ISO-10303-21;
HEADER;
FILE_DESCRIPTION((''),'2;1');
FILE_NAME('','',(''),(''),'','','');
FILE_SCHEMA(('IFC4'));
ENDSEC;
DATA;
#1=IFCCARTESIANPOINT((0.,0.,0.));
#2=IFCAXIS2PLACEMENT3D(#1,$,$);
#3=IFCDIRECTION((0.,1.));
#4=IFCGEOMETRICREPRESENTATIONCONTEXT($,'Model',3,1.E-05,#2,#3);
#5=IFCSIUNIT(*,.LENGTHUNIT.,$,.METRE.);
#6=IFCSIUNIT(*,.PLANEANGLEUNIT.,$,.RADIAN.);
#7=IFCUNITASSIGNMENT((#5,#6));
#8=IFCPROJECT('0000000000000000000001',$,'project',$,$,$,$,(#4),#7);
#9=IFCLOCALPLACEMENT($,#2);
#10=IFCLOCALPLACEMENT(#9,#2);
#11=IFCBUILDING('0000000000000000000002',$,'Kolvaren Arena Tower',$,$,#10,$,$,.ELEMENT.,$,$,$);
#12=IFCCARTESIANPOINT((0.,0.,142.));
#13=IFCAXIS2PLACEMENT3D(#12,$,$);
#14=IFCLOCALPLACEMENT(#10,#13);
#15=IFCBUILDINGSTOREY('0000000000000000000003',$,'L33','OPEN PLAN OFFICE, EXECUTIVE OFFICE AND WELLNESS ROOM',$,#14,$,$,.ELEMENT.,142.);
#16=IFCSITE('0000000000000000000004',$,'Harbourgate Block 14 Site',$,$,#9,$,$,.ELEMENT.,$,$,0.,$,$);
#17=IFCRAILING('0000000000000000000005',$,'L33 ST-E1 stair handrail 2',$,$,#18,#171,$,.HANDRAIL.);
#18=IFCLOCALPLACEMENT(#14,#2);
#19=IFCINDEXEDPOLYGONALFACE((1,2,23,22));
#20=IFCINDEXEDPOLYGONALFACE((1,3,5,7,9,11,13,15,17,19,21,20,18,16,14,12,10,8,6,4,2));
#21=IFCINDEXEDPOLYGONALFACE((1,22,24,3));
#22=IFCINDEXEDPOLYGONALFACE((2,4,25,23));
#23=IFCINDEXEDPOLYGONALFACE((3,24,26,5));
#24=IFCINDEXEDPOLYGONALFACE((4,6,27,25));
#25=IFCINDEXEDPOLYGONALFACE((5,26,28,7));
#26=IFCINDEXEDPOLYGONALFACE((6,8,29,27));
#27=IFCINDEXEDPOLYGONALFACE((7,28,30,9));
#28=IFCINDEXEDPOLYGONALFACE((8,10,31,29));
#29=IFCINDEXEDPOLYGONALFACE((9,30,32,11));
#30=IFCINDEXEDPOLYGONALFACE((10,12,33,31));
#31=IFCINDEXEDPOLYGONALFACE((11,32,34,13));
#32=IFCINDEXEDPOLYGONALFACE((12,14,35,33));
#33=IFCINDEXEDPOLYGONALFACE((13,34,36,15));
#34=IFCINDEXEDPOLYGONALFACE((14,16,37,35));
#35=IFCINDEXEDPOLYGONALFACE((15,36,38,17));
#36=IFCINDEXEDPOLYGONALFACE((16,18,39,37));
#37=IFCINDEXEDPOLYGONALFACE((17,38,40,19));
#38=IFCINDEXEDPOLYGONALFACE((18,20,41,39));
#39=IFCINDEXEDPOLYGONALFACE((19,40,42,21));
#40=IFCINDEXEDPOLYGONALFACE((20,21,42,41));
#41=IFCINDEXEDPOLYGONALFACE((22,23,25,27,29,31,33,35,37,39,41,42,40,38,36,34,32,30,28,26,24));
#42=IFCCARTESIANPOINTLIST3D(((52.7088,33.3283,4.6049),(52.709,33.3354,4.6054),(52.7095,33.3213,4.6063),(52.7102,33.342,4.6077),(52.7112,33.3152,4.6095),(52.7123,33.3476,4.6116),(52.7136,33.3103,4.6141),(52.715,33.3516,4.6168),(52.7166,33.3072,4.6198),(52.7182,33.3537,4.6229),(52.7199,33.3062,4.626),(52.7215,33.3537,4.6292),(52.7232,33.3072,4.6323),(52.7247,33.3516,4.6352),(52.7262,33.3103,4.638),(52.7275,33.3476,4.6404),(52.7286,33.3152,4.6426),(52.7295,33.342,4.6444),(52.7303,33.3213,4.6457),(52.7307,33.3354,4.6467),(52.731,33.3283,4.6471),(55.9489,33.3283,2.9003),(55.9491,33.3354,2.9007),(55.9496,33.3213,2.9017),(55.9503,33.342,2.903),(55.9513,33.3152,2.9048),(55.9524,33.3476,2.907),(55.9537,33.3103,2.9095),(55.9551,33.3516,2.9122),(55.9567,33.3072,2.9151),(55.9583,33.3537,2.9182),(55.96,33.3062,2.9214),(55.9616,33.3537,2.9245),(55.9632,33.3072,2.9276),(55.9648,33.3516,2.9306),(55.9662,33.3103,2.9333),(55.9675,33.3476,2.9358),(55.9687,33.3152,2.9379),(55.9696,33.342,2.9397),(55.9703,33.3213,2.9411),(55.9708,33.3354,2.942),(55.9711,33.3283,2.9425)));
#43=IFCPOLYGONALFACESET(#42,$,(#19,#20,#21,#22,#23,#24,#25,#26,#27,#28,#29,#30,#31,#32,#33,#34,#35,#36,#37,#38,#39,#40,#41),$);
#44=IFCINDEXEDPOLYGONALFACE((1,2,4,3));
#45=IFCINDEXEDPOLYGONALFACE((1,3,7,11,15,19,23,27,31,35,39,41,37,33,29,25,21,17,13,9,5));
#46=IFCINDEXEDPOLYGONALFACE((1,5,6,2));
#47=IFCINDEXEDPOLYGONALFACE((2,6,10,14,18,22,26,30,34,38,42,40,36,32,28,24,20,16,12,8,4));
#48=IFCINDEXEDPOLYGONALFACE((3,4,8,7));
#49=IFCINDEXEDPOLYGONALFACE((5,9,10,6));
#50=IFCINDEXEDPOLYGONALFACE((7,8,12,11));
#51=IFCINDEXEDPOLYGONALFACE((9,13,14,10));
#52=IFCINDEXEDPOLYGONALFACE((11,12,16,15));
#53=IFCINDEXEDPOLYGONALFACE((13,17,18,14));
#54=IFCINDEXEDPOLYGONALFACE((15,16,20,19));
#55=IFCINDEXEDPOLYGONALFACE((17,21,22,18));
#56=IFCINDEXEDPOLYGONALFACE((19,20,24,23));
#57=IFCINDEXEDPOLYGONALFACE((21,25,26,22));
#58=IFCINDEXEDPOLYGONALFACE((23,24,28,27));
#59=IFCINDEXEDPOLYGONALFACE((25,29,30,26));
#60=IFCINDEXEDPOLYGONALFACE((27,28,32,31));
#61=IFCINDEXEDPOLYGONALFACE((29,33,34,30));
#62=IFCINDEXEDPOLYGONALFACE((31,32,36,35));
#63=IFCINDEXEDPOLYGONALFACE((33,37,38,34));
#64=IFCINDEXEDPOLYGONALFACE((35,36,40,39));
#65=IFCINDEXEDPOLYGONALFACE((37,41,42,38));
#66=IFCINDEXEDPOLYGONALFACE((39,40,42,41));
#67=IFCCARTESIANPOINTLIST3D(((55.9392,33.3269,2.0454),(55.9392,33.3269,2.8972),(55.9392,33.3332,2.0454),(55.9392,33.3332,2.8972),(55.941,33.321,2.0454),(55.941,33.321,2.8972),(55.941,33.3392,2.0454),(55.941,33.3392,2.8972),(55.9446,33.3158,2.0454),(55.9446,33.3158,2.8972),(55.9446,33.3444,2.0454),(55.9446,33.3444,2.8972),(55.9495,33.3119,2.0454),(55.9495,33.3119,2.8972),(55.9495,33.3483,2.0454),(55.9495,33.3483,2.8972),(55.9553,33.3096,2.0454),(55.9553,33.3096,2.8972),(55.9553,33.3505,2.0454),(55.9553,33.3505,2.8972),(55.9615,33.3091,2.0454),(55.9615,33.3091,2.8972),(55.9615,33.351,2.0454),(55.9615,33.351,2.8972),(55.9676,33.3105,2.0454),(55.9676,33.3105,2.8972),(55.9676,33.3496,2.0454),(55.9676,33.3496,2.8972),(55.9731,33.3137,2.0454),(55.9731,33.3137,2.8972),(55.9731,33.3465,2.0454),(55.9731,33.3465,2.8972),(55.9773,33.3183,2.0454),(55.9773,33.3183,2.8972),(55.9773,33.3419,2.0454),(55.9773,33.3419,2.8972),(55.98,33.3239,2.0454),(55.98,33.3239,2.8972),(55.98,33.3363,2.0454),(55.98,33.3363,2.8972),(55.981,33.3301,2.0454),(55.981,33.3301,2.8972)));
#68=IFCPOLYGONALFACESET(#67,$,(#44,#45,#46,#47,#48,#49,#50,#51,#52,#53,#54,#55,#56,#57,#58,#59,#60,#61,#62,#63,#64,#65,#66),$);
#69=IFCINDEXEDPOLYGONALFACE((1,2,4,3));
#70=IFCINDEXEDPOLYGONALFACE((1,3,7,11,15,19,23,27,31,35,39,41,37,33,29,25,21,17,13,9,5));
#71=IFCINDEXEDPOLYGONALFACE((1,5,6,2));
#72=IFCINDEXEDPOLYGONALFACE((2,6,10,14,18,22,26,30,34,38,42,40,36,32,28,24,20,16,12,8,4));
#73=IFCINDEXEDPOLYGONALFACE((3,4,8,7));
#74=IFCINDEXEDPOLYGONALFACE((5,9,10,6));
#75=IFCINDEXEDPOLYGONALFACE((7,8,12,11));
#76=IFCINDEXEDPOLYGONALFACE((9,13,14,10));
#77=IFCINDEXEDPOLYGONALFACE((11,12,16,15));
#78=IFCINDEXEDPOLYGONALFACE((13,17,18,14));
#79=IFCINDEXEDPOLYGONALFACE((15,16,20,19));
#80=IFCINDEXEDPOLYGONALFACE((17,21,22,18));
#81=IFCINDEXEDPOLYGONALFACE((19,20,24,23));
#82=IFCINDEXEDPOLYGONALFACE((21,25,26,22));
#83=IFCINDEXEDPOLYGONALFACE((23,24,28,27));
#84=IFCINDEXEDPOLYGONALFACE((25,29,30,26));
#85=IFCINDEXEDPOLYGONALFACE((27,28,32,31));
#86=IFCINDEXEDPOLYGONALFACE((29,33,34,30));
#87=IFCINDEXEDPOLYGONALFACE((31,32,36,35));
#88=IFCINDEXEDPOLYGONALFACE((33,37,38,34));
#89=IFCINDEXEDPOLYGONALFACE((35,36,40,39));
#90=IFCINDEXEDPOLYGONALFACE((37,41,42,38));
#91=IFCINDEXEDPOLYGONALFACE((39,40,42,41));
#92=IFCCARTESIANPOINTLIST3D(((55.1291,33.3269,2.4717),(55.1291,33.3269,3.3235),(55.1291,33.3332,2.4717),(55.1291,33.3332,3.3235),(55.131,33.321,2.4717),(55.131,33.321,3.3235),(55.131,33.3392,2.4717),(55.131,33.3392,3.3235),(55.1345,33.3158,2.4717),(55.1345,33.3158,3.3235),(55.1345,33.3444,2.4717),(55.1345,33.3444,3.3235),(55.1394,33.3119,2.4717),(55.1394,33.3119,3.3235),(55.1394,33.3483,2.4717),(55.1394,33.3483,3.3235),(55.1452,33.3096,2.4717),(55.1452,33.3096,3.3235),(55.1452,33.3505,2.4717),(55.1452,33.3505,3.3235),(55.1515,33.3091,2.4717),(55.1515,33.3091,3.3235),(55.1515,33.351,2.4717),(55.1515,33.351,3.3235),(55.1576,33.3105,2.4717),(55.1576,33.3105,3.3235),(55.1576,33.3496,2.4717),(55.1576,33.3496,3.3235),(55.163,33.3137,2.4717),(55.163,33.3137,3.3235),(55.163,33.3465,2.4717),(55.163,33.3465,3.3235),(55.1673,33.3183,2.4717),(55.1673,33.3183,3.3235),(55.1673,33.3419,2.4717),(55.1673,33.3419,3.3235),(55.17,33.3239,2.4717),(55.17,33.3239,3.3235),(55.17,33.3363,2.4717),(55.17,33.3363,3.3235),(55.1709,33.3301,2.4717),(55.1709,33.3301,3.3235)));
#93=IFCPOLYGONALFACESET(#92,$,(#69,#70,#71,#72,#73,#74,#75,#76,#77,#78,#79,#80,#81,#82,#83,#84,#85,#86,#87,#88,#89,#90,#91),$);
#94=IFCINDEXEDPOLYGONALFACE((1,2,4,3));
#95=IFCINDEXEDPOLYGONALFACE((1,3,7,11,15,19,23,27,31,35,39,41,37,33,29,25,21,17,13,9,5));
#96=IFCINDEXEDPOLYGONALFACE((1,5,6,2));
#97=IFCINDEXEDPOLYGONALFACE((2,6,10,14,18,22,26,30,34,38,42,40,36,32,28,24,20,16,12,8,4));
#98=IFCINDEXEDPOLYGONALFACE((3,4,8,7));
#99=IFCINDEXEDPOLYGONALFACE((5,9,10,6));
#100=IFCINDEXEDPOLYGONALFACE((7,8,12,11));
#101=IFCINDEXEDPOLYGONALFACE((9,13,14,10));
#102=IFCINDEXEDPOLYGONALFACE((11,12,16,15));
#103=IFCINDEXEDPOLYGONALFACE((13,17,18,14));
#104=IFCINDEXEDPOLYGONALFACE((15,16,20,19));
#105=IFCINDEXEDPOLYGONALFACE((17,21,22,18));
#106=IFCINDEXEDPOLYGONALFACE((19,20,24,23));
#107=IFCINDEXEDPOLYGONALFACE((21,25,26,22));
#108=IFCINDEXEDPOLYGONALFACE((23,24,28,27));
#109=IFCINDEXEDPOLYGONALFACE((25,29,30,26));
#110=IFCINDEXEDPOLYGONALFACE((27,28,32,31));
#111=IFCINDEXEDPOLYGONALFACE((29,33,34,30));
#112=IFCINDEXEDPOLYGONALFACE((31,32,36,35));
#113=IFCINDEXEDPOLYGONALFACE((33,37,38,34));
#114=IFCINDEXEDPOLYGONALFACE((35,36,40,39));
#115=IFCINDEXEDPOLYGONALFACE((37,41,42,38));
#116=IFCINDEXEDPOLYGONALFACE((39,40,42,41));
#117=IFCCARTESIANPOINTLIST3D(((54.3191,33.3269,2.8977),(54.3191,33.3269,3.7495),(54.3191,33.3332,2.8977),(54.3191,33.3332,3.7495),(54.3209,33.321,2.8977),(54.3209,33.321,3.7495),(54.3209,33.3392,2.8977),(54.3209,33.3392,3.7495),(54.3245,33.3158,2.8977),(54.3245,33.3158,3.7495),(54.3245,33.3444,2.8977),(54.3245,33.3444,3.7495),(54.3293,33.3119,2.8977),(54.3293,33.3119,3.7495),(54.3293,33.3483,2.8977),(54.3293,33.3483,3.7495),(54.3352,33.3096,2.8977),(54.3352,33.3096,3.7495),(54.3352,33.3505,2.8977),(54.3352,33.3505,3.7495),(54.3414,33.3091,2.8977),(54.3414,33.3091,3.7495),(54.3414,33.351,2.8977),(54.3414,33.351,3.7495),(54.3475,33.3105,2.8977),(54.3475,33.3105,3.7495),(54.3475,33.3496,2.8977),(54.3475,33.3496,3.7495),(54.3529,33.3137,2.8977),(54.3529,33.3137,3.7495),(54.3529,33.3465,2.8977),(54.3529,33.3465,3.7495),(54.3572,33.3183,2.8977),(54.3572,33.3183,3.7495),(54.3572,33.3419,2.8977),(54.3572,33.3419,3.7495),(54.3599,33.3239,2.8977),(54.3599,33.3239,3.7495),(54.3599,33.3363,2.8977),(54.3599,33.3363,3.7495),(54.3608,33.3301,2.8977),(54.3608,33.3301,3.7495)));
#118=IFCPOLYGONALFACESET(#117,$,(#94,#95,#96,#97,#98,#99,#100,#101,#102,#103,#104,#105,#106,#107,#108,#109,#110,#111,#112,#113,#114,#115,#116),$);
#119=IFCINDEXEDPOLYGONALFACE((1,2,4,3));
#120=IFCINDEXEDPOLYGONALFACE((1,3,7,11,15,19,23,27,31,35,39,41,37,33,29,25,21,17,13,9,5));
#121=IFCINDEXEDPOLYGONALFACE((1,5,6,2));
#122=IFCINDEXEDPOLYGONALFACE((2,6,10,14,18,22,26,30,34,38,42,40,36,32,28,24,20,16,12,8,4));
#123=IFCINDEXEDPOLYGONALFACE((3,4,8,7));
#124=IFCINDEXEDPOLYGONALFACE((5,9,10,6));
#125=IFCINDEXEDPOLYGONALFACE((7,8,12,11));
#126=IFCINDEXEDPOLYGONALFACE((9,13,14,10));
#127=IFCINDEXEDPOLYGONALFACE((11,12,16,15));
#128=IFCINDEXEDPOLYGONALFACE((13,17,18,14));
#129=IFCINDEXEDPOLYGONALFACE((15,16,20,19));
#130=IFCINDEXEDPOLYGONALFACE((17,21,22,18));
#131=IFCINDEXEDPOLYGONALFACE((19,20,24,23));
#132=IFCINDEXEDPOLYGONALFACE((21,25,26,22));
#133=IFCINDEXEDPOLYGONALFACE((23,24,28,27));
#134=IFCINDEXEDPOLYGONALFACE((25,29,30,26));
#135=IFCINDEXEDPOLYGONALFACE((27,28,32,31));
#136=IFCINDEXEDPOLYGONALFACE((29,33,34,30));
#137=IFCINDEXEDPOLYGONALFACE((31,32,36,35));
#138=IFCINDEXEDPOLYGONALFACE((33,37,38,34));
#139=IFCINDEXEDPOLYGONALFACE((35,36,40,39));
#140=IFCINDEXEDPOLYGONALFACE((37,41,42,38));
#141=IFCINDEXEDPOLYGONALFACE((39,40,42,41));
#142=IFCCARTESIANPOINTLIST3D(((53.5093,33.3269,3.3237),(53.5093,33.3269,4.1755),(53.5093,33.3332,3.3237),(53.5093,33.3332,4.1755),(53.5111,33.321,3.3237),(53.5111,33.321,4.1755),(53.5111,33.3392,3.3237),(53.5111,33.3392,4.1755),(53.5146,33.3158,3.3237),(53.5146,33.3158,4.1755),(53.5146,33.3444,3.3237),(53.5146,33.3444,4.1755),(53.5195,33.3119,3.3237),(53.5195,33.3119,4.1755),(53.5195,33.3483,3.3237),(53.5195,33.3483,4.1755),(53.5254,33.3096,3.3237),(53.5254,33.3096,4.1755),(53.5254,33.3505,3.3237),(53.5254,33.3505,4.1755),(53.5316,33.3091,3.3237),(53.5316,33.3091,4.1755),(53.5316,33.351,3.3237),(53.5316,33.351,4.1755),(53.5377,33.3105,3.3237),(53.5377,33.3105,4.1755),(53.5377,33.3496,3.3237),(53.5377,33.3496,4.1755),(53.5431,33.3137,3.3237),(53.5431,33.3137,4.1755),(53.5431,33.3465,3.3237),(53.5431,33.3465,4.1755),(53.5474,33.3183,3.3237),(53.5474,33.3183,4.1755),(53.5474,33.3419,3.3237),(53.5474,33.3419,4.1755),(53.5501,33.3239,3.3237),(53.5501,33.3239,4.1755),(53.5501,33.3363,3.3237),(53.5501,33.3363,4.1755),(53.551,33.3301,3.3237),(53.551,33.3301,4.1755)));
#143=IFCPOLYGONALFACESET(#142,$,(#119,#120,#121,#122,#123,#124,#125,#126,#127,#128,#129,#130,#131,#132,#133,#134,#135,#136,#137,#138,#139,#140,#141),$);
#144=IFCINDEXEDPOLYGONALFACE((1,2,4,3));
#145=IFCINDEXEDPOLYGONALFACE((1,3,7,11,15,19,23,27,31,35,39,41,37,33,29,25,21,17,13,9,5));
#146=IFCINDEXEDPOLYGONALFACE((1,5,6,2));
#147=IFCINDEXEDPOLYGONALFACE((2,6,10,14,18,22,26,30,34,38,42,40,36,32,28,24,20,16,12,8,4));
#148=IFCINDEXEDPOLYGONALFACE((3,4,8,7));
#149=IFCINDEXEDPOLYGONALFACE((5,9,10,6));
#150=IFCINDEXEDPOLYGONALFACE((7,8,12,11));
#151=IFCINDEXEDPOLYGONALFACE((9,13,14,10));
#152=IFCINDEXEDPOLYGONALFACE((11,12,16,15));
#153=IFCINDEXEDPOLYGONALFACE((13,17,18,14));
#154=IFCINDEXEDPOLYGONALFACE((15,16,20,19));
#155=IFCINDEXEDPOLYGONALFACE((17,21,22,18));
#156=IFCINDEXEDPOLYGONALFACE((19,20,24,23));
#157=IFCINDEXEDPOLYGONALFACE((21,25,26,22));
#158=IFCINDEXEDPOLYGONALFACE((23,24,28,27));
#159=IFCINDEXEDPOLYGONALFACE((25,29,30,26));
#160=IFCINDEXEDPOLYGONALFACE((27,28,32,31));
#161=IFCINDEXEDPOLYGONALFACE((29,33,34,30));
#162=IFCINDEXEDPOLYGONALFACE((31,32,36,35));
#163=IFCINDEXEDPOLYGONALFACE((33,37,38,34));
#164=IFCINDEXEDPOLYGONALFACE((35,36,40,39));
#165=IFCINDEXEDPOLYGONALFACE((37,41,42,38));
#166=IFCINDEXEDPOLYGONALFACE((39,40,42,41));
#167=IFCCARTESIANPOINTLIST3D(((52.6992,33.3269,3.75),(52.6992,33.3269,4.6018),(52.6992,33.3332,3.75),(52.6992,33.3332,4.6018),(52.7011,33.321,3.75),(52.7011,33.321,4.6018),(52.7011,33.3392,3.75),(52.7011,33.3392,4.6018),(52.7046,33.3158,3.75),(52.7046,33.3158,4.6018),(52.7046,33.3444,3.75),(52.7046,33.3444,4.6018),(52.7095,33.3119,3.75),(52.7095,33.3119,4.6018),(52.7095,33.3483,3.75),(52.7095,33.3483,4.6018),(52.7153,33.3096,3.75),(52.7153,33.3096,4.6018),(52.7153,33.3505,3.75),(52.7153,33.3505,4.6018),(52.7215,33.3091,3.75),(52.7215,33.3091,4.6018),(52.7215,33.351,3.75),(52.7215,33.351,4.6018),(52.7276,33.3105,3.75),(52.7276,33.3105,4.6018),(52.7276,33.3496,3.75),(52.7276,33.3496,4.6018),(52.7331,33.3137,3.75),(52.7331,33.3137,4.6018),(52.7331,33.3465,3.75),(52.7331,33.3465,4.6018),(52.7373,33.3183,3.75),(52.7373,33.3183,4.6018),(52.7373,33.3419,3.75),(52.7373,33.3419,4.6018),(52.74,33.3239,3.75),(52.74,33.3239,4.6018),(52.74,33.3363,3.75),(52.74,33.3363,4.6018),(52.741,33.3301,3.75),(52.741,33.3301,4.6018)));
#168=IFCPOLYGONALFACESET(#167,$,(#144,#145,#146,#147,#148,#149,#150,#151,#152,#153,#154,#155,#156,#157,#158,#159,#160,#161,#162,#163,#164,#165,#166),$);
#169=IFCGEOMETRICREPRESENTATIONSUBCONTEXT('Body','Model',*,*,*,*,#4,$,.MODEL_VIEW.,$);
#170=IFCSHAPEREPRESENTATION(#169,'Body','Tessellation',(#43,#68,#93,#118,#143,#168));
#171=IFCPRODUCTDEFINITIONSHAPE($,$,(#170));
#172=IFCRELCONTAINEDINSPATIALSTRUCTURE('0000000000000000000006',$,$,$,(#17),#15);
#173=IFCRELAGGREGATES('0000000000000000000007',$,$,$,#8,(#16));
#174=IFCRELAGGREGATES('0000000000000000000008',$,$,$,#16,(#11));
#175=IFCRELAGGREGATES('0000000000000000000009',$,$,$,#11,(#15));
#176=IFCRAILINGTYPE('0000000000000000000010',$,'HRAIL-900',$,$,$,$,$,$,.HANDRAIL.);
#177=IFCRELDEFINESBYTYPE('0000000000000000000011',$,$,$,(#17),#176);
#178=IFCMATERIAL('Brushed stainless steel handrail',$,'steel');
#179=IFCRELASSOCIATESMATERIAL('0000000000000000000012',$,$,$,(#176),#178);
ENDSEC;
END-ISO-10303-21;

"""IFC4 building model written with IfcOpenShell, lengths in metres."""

from ifc_helpers import new_model, si_unit, direction, frame, origin, origin_2d, place, context, subcontext, project, spatial, circle, extrude, material, type_object, element, save


model = new_model("IFC4")

# Units and contexts
model_context = context("Model", 3, precision=1e-05, world=origin(), true_north=direction((0.0, 1.0)))
body_context = subcontext(model_context, "Body", "Model", "MODEL_VIEW")
ifc_project = project(units=[si_unit("LENGTHUNIT", "METRE"), si_unit("PLANEANGLEUNIT", "RADIAN")], contexts=[model_context])

# Site, building, storey
site_placement = place(None, origin())
site = spatial("IfcSite", under=ifc_project, at=site_placement, Name="Harbourgate Block 14 Site", CompositionType="ELEMENT", RefElevation=0.0)
building_placement = place(site_placement, origin())
building = spatial("IfcBuilding", under=site, at=building_placement, Name="Kolvaren Arena Tower", CompositionType="ELEMENT")
storey_placement = place(building_placement, frame((0.0, 0.0, 142.0)))
storey = spatial("IfcBuildingStorey", under=building, at=storey_placement, Name="L33", Description="OPEN PLAN OFFICE, EXECUTIVE OFFICE AND WELLNESS ROOM", CompositionType="ELEMENT", Elevation=142.0)

# Railing
ifc_material_1 = material(Name="Brushed stainless steel handrail", Category="steel")
railing_type_1 = type_object("IfcRailingType", Name="HRAIL-900", PredefinedType="HANDRAIL", material=ifc_material_1)
for number, where, name in (
    (1, (55.96, 33.3301, 2.0454), "L33 ST-E1 stair handrail 2"),
):
    element("IfcRailing", number, at=place(storey_placement, frame(where)), inside=storey, type_object=railing_type_1, Name=name, PredefinedType="HANDRAIL", context=body_context, shape_type="SweptSolid", body=[
        extrude(circle(Radius=0.0239, at=origin_2d()), frame((0.0, 0.0, 0.876), z_axis=(-0.884993, 0.0, 0.465604), x_axis=(0.0, -1.0, 0.0)), (0.0, 0.0, 1.0), 3.6611),
        extrude(circle(Radius=0.021, at=origin_2d()), origin(), (0.0, 0.0, 1.0), 0.8518),
        extrude(circle(Radius=0.021, at=origin_2d()), frame((-0.8101, 0.0, 0.4263)), (0.0, 0.0, 1.0), 0.8518),
        extrude(circle(Radius=0.021, at=origin_2d()), frame((-1.6201, 0.0, 0.8523)), (0.0, 0.0, 1.0), 0.8518),
        extrude(circle(Radius=0.021, at=origin_2d()), frame((-2.4299, 0.0, 1.2783)), (0.0, 0.0, 1.0), 0.8518),
        extrude(circle(Radius=0.021, at=origin_2d()), frame((-3.24, 0.0, 1.7046)), (0.0, 0.0, 1.0), 0.8518),
    ])

save(model, "model.ifc")
